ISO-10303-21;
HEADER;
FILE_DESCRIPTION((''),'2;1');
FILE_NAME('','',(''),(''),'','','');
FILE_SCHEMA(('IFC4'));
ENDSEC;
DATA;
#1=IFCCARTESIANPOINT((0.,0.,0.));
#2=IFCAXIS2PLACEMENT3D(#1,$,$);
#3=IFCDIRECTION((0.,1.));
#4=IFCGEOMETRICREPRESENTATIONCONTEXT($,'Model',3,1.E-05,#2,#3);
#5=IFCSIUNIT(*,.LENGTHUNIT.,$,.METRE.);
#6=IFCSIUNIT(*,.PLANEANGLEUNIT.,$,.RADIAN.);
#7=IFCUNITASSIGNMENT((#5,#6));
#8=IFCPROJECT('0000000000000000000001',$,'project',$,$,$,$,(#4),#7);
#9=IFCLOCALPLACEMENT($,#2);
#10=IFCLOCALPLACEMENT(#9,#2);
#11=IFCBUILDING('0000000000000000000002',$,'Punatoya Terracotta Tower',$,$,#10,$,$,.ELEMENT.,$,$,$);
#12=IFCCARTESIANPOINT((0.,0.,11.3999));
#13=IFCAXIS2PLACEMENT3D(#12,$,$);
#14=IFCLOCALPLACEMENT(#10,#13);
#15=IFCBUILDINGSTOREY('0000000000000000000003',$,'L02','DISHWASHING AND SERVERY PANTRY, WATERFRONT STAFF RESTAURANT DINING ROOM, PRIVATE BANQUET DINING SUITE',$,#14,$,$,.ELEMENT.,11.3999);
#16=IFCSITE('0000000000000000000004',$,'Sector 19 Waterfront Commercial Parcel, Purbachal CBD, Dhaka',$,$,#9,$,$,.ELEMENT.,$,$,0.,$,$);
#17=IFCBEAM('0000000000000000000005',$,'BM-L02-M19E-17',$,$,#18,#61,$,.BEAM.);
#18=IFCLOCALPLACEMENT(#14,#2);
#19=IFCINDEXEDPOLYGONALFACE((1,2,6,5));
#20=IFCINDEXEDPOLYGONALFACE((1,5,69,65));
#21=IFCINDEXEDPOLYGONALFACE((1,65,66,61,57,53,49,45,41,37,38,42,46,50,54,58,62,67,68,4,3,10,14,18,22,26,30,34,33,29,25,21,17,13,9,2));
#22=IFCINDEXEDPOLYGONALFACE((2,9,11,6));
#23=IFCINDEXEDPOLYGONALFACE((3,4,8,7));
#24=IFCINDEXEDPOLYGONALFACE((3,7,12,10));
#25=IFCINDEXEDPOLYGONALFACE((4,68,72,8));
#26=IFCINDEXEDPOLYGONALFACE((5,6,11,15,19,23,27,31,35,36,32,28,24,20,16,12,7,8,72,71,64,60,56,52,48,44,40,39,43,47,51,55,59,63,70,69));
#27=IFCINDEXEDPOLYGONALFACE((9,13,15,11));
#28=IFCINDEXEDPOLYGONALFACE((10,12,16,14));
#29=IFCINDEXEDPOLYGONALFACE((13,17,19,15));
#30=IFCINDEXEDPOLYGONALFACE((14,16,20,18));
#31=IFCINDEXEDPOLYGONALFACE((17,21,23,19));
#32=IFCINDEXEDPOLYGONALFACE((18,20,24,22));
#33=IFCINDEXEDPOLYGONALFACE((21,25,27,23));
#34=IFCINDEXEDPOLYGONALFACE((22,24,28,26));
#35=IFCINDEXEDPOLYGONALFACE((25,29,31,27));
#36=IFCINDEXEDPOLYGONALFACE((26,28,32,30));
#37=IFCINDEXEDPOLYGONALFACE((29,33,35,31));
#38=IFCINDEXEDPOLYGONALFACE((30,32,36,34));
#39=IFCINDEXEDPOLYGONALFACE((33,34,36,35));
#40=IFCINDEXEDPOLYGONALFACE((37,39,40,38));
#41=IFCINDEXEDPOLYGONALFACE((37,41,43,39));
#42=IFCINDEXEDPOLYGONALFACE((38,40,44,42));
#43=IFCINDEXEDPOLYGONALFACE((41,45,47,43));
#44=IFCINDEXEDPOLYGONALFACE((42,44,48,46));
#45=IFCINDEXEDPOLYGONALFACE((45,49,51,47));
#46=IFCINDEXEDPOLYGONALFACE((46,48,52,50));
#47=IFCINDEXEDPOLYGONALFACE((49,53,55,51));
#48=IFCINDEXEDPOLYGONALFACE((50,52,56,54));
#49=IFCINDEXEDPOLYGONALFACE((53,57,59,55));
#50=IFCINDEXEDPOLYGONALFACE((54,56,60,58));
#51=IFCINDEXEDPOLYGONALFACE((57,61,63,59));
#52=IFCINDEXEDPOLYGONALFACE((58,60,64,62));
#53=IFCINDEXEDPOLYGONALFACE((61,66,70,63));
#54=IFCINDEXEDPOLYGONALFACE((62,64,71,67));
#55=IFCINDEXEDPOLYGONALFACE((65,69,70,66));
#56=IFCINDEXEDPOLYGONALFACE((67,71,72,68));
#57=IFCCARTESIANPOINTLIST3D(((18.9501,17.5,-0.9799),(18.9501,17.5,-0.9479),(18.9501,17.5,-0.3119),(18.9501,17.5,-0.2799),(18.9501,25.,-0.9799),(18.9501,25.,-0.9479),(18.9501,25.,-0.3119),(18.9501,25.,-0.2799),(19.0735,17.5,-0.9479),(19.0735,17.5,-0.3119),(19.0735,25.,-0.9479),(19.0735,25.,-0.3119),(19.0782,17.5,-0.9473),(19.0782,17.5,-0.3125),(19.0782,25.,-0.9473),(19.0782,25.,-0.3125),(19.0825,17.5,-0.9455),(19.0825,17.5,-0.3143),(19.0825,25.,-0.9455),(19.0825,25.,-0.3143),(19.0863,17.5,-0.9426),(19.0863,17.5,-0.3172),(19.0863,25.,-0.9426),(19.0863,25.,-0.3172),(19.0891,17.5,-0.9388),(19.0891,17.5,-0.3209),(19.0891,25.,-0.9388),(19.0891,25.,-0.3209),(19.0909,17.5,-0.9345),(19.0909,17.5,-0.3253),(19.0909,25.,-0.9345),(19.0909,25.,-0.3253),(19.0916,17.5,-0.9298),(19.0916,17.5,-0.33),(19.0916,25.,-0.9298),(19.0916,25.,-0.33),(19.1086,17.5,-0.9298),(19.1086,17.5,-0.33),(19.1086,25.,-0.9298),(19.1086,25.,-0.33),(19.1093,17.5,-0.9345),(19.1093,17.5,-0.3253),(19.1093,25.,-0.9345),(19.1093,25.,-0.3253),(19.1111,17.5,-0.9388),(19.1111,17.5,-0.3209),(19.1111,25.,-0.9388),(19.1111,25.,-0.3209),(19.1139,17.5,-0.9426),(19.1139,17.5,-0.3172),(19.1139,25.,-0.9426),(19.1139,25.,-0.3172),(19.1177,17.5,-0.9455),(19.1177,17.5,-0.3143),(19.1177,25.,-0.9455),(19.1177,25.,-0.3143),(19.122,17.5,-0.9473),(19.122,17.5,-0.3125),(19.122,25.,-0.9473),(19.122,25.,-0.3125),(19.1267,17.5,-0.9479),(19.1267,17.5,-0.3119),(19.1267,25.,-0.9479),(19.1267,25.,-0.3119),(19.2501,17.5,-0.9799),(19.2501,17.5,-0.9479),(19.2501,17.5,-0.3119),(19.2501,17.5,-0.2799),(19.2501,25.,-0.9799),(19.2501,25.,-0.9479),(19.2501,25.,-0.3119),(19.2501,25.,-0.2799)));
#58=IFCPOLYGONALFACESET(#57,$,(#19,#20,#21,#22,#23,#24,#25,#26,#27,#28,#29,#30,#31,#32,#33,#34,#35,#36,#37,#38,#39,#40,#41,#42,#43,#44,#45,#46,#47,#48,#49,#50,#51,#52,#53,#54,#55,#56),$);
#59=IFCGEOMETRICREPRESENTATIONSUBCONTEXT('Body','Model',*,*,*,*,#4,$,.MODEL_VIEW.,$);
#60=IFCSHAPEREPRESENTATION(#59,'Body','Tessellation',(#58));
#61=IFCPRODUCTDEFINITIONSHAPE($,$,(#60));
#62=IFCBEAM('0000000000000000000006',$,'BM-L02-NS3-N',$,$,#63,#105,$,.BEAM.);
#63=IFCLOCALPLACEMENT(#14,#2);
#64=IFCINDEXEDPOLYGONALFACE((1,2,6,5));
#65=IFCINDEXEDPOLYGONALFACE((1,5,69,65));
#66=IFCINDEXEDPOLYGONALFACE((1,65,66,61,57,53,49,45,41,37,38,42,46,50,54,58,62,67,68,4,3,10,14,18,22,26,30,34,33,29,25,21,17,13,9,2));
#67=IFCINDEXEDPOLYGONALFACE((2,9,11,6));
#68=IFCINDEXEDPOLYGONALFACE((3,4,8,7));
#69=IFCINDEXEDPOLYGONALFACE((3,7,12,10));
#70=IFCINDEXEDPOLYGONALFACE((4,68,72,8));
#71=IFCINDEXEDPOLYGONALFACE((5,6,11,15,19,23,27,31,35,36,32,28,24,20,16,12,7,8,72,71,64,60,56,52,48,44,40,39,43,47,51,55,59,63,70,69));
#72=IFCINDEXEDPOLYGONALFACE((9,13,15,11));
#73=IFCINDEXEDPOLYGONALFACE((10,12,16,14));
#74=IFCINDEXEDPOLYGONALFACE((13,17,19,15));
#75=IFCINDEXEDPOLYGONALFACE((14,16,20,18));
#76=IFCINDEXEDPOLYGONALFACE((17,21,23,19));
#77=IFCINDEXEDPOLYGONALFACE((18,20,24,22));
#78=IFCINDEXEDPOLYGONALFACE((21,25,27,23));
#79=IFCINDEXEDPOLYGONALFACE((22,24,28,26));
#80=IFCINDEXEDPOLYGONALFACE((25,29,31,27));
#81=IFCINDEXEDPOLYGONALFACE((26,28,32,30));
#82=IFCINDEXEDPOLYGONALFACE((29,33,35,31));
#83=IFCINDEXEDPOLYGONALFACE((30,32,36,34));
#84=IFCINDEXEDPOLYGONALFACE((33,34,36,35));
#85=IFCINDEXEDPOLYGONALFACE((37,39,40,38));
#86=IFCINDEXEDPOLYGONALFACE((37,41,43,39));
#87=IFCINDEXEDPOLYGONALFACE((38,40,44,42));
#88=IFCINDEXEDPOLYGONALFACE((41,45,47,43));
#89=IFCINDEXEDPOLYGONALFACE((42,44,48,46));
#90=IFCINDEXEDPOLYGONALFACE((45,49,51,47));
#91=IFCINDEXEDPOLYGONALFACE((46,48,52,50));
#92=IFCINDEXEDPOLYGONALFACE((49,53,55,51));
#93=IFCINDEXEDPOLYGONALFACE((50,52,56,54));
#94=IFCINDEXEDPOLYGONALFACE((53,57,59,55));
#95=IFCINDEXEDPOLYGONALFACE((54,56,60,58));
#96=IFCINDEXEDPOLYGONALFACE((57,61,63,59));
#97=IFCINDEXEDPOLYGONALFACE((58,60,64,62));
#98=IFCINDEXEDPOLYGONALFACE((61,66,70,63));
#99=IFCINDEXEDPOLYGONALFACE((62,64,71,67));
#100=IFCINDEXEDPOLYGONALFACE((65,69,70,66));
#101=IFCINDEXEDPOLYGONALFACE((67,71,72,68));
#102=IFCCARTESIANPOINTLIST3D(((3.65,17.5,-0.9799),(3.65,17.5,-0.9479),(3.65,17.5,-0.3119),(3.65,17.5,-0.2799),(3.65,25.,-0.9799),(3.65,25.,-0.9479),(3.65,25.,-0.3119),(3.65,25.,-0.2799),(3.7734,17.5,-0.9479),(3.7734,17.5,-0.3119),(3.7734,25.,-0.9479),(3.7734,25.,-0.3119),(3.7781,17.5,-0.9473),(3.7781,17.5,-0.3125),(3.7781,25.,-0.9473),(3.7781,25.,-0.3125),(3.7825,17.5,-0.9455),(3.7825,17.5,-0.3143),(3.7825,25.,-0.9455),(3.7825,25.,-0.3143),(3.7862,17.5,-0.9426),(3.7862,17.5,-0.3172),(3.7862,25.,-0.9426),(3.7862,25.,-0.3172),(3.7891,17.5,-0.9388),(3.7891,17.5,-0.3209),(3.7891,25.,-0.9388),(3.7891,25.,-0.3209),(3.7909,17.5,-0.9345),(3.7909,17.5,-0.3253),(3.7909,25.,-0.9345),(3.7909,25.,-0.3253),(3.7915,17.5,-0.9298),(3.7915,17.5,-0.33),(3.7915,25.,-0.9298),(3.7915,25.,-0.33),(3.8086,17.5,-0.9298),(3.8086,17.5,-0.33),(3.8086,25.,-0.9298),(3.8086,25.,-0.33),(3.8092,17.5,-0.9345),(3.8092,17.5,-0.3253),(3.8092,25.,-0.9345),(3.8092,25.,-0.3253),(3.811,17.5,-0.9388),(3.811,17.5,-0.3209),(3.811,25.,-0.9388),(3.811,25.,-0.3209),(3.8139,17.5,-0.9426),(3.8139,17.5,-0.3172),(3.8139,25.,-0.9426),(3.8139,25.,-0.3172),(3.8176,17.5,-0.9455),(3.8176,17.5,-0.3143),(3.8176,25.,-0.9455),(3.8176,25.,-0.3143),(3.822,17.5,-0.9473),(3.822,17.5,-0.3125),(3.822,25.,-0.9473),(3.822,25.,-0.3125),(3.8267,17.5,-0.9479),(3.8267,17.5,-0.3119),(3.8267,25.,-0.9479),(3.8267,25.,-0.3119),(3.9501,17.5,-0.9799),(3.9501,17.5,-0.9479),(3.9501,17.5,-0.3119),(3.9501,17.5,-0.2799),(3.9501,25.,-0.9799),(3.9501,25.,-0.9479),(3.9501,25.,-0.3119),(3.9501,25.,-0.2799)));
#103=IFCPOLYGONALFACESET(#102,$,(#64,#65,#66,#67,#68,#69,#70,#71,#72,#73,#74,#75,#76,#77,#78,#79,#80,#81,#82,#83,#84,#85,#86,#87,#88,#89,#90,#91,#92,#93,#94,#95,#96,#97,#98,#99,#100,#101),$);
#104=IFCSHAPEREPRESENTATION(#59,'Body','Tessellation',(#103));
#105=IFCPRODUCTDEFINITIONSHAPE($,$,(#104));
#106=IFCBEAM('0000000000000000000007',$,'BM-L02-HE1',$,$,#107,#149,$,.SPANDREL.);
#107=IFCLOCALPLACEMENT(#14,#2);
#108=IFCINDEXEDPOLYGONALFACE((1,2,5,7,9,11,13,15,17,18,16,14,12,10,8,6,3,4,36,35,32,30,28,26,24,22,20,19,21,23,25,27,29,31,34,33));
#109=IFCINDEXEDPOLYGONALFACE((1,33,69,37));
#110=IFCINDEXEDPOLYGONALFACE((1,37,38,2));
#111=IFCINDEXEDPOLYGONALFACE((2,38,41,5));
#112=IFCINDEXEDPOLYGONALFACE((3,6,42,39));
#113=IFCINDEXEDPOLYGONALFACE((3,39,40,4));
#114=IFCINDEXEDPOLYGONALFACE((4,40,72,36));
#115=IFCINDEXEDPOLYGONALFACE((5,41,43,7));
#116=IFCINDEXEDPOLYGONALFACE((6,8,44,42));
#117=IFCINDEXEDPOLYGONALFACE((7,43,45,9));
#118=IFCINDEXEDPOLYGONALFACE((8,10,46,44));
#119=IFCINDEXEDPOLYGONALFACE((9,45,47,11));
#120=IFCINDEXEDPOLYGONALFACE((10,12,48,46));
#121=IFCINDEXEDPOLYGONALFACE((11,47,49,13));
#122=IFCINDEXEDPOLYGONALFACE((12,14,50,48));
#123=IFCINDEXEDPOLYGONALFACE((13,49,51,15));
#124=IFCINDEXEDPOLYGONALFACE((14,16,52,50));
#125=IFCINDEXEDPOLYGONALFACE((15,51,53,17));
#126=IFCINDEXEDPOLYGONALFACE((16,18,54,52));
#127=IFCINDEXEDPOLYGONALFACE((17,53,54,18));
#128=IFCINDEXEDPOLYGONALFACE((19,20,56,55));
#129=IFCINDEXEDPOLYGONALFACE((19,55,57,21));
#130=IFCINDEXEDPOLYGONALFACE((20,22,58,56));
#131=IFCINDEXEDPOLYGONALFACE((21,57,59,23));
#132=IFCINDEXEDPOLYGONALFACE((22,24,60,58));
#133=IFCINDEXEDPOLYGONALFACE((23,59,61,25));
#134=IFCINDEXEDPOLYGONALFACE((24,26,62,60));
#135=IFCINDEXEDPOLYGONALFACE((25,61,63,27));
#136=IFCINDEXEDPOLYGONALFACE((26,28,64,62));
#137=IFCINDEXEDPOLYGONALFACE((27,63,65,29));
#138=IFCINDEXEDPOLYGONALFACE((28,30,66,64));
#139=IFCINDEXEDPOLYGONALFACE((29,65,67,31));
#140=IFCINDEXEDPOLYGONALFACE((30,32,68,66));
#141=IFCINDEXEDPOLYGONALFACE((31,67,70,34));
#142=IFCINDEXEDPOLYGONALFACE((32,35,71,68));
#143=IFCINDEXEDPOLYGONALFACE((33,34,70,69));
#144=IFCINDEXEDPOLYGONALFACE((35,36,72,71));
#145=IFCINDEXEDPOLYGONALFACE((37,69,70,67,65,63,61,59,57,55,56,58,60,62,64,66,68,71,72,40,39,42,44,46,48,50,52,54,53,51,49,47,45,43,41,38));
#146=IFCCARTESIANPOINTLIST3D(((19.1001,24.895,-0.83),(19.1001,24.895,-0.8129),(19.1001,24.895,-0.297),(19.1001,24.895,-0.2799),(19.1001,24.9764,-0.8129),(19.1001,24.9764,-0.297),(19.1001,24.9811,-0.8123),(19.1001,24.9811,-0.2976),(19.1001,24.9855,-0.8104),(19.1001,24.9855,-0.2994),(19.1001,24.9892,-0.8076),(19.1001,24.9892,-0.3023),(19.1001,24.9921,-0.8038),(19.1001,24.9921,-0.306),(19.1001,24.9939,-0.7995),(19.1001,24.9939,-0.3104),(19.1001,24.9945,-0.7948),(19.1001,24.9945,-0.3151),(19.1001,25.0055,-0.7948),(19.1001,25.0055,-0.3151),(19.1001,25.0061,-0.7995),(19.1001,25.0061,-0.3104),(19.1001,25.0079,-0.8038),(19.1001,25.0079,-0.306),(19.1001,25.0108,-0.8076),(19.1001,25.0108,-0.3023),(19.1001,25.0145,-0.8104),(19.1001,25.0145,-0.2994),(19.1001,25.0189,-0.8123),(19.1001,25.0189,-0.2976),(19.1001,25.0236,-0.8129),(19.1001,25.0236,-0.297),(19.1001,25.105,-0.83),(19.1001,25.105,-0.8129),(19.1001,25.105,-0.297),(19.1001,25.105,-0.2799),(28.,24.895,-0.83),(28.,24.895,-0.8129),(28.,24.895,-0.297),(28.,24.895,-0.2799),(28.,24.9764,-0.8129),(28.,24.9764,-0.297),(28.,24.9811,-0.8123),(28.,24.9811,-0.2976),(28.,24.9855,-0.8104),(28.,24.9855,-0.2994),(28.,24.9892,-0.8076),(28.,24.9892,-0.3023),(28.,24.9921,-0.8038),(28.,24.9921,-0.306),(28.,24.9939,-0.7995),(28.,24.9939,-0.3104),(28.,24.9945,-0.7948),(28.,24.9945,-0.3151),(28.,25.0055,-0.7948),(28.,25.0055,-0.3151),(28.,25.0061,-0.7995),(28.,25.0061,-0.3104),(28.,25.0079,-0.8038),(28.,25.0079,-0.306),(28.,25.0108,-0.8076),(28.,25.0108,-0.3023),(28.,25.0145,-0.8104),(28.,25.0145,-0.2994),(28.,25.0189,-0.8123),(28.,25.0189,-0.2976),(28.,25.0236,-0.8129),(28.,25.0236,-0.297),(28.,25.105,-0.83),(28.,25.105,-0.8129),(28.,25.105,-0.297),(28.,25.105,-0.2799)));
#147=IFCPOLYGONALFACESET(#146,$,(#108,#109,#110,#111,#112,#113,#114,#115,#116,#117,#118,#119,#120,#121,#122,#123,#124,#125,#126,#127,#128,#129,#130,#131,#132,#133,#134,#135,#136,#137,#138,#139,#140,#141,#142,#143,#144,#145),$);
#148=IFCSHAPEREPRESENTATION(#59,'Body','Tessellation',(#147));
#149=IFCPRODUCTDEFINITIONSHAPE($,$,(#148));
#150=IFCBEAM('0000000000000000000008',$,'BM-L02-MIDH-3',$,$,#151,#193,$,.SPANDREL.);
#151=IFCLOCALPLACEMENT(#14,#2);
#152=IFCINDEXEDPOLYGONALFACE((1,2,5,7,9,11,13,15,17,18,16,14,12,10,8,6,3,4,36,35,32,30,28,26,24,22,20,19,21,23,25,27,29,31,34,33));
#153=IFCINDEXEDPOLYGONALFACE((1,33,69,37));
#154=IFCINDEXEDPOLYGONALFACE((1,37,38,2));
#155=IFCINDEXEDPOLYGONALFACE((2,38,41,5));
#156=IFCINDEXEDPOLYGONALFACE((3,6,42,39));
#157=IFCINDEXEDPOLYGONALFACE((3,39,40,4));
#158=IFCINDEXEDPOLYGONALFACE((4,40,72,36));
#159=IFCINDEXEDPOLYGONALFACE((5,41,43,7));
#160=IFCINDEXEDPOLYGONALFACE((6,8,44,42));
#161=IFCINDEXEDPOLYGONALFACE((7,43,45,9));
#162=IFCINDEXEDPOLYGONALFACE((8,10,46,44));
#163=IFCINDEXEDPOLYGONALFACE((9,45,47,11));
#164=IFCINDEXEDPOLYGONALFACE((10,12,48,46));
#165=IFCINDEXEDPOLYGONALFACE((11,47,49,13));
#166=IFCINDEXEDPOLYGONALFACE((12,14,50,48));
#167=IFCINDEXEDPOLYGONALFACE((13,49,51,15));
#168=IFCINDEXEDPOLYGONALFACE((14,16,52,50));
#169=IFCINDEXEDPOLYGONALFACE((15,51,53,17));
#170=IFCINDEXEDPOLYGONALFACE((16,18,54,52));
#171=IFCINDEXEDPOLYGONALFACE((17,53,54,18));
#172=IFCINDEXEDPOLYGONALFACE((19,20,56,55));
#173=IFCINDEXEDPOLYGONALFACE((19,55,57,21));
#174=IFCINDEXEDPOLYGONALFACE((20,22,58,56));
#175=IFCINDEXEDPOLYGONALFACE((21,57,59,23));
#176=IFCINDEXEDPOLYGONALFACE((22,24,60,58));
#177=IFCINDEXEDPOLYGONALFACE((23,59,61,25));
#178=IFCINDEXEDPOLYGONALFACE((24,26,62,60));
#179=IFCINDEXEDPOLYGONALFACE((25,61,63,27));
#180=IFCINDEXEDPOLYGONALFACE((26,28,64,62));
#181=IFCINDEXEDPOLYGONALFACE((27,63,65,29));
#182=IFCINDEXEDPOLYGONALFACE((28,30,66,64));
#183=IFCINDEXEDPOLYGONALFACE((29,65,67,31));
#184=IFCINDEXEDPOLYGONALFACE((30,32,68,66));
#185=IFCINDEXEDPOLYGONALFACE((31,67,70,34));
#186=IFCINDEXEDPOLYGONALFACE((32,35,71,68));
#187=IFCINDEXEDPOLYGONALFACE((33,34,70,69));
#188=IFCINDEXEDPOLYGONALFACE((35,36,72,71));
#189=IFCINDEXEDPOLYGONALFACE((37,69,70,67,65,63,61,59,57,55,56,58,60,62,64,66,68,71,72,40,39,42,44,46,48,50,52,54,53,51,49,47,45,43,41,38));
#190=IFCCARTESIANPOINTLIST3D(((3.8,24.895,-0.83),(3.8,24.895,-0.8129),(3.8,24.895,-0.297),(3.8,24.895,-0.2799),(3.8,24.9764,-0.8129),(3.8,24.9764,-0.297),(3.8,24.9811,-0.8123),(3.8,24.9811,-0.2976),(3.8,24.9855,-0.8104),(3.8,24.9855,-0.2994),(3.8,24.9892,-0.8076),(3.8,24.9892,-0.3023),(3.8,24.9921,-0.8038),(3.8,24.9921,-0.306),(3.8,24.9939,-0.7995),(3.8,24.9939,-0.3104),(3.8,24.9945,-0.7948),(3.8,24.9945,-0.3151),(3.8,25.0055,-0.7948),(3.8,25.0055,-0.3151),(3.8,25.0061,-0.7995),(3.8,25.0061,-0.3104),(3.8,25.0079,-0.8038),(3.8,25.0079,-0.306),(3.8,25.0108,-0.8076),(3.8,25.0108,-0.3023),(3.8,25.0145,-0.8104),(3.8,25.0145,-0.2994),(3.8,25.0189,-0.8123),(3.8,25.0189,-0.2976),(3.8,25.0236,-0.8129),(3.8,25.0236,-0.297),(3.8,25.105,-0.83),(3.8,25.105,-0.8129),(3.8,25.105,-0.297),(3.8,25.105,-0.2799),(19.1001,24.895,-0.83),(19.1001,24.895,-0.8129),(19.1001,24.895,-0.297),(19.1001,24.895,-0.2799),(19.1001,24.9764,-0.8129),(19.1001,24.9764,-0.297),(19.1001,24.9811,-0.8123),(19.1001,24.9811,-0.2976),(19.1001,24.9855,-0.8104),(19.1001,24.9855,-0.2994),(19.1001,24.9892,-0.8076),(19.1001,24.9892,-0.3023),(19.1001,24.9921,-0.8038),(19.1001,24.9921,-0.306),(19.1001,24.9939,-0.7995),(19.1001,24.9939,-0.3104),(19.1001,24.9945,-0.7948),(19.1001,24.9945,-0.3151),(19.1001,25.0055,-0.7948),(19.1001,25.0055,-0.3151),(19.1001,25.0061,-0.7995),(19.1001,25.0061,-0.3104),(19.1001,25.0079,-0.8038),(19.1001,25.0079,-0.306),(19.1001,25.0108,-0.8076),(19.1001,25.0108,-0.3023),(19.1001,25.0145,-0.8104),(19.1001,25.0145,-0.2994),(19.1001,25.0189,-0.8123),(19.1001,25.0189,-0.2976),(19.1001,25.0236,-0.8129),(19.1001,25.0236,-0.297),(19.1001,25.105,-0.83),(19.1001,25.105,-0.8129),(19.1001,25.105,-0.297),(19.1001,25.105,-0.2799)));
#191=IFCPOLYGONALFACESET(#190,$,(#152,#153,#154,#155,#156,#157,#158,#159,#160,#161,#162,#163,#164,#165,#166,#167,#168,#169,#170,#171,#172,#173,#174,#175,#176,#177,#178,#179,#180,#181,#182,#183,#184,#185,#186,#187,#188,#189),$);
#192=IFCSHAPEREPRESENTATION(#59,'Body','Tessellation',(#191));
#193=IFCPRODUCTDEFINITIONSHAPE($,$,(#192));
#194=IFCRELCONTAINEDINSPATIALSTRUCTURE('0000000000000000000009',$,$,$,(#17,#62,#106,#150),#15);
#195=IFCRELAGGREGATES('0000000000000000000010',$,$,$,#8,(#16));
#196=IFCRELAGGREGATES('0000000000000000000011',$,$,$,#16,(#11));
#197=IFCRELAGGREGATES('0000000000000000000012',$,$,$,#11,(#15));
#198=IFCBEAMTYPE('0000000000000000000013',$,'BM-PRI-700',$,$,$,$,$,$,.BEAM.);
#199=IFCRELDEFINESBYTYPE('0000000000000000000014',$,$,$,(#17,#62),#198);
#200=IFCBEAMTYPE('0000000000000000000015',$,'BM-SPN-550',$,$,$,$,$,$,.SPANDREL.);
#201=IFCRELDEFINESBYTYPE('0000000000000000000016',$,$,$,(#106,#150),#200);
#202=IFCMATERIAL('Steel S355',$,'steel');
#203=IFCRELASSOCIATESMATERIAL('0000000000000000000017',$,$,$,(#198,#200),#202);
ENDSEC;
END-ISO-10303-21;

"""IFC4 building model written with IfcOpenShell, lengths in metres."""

from ifc_helpers import new_model, si_unit, direction, frame, origin, origin_2d, place, context, subcontext, project, spatial, i_section, extrude, material, material_profile, profile_set, type_object, element, save


model = new_model("IFC4")

# Units and contexts
model_context = context("Model", 3, precision=1e-05, world=origin(), true_north=direction((0.0, 1.0)))
body_context = subcontext(model_context, "Body", "Model", "MODEL_VIEW")
ifc_project = project(units=[si_unit("LENGTHUNIT", "METRE"), si_unit("PLANEANGLEUNIT", "RADIAN")], contexts=[model_context])

# Site, building, storey
site_placement = place(None, origin())
site = spatial("IfcSite", under=ifc_project, at=site_placement, Name="Sector 19 Waterfront Commercial Parcel, Purbachal CBD, Dhaka", CompositionType="ELEMENT", RefElevation=0.0)
building_placement = place(site_placement, origin())
building = spatial("IfcBuilding", under=site, at=building_placement, Name="Punatoya Terracotta Tower", CompositionType="ELEMENT")
storey_placement = place(building_placement, frame((0.0, 0.0, 11.3999)))
storey = spatial("IfcBuildingStorey", under=building, at=storey_placement, Name="L02", Description="DISHWASHING AND SERVERY PANTRY, WATERFRONT STAFF RESTAURANT DINING ROOM, PRIVATE BANQUET DINING SUITE", CompositionType="ELEMENT", Elevation=11.3999)

# Beams
ifc_material_1 = material(Name="Steel S355", Category="steel")
ifc_material_profile_1 = material_profile(ifc_material_1, i_section(OverallWidth=0.3, OverallDepth=0.7, WebThickness=0.0171, FlangeThickness=0.032, FilletRadius=0.0181, at=origin_2d()))
ifc_profile_set_1 = profile_set([ifc_material_profile_1], Name="Steel S355")
beam_type_1 = type_object("IfcBeamType", Name="BM-PRI-700", PredefinedType="BEAM", material=ifc_profile_set_1)
for number, where, z_axis, x_axis, name in (
    (1, (19.1001, 17.5, -0.6299), (0.0, 1.0, 0.0), (-1.0, 0.0, 0.0), "BM-L02-M19E-17"),
    (2, (3.8, 17.5, -0.6299), (0.0, 1.0, 0.0), (-1.0, 0.0, 0.0), "BM-L02-NS3-N"),
):
    element("IfcBeam", number, at=place(storey_placement, frame(where, z_axis=z_axis, x_axis=x_axis)), inside=storey, type_object=beam_type_1, Name=name, PredefinedType="BEAM", context=body_context, shape_type="SweptSolid", body=[
        extrude(i_section(OverallWidth=0.3, OverallDepth=0.7, WebThickness=0.0171, FlangeThickness=0.032, FilletRadius=0.0181, at=origin_2d()), origin(), (0.0, 0.0, 1.0), 7.5),
    ])
ifc_material_profile_2 = material_profile(ifc_material_1, i_section(OverallWidth=0.21, OverallDepth=0.55, WebThickness=0.011, FlangeThickness=0.0171, FilletRadius=0.0181, at=origin_2d()))
ifc_profile_set_2 = profile_set([ifc_material_profile_2], Name="Steel S355")
beam_type_2 = type_object("IfcBeamType", Name="BM-SPN-550", PredefinedType="SPANDREL", material=ifc_profile_set_2)
beam_1_placement = place(storey_placement, frame((19.1001, 25.0, -0.5549), z_axis=(1.0, 0.0, 0.0), x_axis=(0.0, 1.0, 0.0)))
element("IfcBeam", 3, at=beam_1_placement, inside=storey, type_object=beam_type_2, Name="BM-L02-HE1", PredefinedType="SPANDREL", context=body_context, shape_type="SweptSolid", body=[
    extrude(i_section(OverallWidth=0.21, OverallDepth=0.55, WebThickness=0.011, FlangeThickness=0.0171, FilletRadius=0.0181, at=origin_2d()), origin(), (0.0, 0.0, 1.0), 8.8999),
])
beam_2_placement = place(storey_placement, frame((3.8, 25.0, -0.5549), z_axis=(1.0, 0.0, 0.0), x_axis=(0.0, 1.0, 0.0)))
element("IfcBeam", 4, at=beam_2_placement, inside=storey, type_object=beam_type_2, Name="BM-L02-MIDH-3", PredefinedType="SPANDREL", context=body_context, shape_type="SweptSolid", body=[
    extrude(i_section(OverallWidth=0.21, OverallDepth=0.55, WebThickness=0.011, FlangeThickness=0.0171, FilletRadius=0.0181, at=origin_2d()), origin(), (0.0, 0.0, 1.0), 15.3),
])

save(model, "model.ifc")
